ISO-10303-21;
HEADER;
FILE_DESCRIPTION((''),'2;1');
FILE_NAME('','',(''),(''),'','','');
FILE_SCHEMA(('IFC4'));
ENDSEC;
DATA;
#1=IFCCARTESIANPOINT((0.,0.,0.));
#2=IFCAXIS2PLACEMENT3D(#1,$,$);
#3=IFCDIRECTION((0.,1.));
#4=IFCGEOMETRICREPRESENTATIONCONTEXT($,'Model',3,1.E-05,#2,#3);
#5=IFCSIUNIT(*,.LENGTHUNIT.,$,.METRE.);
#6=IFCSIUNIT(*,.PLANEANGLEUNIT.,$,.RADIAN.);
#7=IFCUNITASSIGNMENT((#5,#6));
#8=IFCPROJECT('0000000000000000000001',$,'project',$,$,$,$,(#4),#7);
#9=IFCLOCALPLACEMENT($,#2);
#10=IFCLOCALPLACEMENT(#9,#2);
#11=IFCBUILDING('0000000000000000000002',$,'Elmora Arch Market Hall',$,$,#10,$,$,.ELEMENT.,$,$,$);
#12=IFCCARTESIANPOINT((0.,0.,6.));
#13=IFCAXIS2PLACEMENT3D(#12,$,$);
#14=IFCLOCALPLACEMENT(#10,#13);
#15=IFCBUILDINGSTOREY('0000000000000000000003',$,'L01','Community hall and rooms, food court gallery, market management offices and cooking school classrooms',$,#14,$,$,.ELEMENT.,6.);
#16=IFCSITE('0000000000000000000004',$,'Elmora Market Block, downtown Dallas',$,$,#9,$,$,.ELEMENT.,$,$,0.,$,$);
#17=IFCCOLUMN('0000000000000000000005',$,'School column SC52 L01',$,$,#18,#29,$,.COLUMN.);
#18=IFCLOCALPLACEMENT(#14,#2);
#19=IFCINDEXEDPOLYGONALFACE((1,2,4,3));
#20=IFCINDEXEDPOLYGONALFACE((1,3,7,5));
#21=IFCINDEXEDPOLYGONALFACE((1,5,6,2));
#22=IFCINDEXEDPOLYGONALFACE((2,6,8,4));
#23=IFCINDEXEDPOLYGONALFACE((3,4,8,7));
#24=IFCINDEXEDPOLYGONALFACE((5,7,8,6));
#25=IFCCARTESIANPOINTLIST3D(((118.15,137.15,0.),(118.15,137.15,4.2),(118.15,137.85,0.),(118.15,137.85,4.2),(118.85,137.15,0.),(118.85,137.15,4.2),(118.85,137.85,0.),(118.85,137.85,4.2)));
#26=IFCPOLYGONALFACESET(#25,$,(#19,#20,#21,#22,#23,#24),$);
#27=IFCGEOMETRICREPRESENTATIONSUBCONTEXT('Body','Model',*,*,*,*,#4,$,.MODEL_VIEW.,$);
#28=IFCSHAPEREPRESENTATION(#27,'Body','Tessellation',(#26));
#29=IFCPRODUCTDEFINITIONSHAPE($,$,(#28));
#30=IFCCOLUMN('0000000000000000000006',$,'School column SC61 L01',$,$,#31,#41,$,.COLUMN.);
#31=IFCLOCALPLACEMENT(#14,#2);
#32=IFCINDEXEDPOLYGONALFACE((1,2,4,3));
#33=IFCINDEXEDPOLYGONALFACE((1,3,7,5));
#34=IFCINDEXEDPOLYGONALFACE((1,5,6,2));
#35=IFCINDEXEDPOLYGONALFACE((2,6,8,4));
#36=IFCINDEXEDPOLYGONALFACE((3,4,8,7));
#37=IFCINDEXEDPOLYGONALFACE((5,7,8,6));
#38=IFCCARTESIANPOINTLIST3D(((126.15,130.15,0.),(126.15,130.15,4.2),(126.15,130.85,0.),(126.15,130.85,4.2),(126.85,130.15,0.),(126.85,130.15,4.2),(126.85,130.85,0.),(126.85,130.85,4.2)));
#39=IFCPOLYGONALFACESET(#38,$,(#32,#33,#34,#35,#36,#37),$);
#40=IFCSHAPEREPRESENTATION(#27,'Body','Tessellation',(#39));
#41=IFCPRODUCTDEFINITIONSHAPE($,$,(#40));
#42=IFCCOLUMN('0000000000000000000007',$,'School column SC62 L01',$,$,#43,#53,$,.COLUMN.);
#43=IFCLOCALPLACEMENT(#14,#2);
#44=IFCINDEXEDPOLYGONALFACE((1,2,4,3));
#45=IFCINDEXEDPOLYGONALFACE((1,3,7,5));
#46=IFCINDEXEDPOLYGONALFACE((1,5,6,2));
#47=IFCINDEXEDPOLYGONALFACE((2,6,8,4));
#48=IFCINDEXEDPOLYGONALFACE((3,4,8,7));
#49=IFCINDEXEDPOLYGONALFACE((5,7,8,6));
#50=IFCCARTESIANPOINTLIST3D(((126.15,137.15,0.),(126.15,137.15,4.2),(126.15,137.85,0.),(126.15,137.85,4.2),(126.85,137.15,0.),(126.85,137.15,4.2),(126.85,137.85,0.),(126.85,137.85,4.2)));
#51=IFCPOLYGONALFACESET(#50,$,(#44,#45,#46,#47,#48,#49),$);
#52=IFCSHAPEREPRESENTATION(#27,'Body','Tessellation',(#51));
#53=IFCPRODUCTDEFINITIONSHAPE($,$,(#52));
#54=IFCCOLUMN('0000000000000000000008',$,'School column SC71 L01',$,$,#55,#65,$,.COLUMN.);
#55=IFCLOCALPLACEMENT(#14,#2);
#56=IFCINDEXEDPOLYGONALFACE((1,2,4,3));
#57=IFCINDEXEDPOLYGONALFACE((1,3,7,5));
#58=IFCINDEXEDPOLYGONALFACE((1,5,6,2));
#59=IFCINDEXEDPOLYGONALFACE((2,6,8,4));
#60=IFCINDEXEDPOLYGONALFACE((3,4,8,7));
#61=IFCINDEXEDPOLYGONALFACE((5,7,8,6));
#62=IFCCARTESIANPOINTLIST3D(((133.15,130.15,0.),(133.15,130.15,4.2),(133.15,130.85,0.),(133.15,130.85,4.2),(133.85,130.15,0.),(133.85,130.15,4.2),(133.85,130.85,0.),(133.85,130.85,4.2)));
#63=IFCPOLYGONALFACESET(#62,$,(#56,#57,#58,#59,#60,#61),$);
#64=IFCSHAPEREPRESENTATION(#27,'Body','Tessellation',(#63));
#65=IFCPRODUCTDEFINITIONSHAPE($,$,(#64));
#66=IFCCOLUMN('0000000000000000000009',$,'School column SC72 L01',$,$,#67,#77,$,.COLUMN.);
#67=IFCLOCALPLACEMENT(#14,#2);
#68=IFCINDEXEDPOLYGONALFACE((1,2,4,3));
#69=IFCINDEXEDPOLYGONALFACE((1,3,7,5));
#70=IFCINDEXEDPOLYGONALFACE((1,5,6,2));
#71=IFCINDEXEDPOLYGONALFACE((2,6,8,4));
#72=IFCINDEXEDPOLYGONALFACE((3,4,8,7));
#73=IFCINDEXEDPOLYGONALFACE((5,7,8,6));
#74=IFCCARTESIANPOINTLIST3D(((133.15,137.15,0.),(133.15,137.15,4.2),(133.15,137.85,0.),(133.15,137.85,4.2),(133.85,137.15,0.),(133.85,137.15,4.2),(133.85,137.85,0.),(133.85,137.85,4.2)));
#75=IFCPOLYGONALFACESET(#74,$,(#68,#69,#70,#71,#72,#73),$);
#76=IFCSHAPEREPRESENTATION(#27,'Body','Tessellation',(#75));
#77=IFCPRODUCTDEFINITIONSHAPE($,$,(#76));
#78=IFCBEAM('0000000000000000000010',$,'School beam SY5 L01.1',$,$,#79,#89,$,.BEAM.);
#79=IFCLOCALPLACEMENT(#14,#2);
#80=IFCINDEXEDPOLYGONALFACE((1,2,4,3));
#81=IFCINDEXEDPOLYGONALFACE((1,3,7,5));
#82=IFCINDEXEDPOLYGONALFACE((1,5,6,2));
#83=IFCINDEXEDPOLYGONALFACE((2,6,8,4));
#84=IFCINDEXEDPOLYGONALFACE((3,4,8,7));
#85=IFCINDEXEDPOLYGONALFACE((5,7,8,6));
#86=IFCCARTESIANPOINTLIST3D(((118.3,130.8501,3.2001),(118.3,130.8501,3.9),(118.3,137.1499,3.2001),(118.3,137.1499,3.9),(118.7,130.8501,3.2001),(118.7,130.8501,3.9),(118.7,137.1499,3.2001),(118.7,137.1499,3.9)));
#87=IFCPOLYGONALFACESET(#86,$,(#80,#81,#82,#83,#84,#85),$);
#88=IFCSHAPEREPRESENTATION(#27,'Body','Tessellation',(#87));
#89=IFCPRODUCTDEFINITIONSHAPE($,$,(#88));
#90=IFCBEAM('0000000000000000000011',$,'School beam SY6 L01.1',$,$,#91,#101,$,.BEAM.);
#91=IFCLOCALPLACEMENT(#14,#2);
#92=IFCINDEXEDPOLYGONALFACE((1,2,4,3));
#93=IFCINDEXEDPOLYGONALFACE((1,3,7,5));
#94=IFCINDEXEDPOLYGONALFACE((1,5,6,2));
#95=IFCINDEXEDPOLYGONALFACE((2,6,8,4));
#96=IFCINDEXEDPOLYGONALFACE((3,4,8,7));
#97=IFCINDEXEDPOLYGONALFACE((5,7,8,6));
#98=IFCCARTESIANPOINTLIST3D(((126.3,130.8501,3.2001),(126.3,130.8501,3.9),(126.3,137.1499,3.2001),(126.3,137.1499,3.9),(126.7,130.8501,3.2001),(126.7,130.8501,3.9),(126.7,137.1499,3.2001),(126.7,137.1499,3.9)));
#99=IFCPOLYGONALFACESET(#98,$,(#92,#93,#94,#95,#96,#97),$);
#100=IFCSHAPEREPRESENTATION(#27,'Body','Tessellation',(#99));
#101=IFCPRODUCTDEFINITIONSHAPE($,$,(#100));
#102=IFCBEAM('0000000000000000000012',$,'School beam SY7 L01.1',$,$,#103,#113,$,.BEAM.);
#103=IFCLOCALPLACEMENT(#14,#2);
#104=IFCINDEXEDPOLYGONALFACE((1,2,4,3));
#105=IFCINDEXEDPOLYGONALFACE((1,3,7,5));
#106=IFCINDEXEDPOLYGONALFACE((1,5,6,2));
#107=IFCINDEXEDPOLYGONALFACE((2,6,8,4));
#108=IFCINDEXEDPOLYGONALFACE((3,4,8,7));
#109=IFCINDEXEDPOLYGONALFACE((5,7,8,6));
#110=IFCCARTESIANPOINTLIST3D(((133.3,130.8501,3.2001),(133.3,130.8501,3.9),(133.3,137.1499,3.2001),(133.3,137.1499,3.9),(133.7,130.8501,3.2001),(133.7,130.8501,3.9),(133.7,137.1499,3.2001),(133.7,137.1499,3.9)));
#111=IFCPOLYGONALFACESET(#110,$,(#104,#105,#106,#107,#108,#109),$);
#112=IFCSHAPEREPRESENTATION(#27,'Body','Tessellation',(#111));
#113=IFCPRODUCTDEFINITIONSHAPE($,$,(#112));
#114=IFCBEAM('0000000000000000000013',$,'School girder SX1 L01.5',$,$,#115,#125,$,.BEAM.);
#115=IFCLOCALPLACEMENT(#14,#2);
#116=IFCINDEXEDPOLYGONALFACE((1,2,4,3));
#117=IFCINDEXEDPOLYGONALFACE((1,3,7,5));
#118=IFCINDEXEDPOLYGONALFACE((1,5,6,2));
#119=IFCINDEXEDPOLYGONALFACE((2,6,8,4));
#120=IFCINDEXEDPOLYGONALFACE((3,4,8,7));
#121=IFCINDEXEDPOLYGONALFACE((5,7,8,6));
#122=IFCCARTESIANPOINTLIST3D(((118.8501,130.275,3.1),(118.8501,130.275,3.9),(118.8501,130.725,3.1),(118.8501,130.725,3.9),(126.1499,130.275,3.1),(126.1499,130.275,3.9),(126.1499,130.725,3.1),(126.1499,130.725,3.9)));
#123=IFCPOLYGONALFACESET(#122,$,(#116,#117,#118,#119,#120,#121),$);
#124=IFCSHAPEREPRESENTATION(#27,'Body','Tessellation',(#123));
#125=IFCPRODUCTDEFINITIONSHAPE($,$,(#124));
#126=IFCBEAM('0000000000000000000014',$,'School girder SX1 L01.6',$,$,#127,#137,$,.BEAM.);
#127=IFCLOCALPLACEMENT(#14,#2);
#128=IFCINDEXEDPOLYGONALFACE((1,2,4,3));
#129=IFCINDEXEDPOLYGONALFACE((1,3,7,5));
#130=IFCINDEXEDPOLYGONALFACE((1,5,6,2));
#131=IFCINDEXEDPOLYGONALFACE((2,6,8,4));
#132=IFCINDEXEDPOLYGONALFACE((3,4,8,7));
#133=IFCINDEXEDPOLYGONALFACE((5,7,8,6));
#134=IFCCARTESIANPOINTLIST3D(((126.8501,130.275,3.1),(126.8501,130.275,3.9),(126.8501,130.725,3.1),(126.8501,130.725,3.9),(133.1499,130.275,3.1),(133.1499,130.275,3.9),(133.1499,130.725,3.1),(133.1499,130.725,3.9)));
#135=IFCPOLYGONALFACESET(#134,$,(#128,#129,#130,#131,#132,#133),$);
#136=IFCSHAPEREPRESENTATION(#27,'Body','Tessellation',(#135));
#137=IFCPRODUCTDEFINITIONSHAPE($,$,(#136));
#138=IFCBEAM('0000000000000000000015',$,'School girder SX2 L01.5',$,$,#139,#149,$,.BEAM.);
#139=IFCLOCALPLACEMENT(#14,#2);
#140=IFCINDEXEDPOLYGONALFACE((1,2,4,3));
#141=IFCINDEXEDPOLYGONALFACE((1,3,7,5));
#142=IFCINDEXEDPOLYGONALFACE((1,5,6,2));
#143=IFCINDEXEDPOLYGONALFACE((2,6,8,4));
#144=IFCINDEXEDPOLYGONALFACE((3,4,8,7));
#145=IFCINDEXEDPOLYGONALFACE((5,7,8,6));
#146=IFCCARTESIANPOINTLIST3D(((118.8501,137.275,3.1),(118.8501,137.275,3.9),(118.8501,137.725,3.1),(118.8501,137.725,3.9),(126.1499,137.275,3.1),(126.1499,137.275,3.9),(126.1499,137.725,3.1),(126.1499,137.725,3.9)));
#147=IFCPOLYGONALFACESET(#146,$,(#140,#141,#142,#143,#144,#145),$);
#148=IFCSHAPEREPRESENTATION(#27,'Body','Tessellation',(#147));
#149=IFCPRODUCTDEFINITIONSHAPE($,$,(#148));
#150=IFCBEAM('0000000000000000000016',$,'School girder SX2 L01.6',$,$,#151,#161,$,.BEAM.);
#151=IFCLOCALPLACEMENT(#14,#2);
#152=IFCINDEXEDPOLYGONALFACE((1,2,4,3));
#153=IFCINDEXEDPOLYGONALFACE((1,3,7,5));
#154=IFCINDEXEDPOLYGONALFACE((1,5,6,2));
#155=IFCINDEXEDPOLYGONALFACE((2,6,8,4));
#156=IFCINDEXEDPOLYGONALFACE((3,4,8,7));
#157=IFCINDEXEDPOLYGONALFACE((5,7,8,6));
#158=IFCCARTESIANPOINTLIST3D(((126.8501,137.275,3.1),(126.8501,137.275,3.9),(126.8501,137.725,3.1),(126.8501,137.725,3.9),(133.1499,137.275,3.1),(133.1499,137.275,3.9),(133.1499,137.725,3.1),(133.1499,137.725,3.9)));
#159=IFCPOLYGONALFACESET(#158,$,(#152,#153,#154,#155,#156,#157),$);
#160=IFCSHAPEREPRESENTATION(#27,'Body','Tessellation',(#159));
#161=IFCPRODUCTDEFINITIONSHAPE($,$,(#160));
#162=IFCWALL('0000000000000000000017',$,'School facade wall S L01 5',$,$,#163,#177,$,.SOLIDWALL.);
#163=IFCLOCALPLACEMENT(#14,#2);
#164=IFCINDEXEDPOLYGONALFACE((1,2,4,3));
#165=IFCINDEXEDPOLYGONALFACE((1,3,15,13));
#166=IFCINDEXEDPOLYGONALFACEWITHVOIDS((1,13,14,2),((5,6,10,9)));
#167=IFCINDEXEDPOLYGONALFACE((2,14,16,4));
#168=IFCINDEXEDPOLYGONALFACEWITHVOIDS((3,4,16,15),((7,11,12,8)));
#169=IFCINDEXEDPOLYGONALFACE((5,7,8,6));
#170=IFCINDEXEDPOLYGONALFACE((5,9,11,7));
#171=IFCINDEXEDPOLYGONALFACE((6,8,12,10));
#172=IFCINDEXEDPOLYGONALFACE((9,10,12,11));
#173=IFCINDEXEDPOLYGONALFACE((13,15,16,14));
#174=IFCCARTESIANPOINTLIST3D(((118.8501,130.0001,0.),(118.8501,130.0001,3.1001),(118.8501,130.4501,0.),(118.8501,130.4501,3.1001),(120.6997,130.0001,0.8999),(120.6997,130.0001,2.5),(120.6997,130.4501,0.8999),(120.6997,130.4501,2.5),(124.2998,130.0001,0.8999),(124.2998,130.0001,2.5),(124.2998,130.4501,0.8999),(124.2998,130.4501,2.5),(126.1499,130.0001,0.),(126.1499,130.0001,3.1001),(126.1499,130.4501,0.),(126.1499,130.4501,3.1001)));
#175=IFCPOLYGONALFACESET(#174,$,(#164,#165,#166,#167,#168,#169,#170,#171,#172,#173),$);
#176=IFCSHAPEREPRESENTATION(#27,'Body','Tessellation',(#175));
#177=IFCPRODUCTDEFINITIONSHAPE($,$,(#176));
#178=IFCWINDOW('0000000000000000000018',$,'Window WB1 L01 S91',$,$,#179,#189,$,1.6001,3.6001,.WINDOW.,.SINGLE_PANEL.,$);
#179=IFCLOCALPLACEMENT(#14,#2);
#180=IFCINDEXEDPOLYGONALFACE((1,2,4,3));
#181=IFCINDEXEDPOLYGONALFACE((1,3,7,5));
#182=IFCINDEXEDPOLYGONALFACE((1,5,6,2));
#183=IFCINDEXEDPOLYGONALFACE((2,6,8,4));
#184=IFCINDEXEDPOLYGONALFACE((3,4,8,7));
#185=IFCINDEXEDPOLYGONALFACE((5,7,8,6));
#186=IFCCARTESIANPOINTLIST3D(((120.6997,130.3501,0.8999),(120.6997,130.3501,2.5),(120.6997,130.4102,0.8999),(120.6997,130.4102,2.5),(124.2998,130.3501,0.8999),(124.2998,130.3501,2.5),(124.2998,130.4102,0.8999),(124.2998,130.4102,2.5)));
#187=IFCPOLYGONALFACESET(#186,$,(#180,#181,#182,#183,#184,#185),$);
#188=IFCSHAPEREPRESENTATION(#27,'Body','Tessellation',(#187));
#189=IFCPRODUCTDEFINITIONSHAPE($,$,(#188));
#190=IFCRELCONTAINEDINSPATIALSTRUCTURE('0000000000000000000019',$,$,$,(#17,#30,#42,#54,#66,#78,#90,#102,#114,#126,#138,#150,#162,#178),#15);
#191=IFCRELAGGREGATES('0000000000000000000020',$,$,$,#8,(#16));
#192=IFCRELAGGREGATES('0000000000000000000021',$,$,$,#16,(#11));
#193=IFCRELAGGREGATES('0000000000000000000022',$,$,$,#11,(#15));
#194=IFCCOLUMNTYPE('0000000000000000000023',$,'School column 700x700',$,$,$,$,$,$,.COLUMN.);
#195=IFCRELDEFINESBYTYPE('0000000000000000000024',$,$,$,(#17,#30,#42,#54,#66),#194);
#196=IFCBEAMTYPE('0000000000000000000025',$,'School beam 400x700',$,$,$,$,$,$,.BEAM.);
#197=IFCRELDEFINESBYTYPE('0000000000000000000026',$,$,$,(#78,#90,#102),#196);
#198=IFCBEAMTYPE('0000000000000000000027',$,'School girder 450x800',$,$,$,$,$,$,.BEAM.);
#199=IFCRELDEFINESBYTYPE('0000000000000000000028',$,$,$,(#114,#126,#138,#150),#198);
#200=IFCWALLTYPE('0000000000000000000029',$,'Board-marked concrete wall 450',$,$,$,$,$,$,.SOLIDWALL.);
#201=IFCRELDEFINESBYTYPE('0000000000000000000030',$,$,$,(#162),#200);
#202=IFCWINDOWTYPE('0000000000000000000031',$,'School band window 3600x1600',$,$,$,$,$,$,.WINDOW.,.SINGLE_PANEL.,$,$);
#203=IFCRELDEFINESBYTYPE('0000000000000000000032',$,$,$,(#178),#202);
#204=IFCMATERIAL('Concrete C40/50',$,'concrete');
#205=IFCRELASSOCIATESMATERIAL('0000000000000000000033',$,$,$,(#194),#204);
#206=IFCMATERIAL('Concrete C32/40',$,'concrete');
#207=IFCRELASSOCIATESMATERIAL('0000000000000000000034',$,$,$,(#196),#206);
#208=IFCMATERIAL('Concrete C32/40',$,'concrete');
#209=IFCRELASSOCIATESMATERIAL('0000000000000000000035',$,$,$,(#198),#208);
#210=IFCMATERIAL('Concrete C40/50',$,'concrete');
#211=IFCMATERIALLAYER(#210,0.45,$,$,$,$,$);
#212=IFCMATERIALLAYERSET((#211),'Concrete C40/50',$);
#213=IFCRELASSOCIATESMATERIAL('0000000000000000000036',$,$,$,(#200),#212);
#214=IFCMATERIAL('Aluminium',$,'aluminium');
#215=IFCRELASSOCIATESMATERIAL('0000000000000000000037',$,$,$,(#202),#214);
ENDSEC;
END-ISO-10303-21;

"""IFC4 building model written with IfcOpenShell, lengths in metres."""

from ifc_helpers import new_model, si_unit, direction, frame, frame_2d, origin, origin_2d, place, context, subcontext, project, spatial, rectangle, extrude, material, layer, layer_set, material_profile, profile_set, type_object, element, fill, save


model = new_model("IFC4")

# Units and contexts
model_context = context("Model", 3, precision=1e-05, world=origin(), true_north=direction((0.0, 1.0)))
body_context = subcontext(model_context, "Body", "Model", "MODEL_VIEW")
ifc_project = project(units=[si_unit("LENGTHUNIT", "METRE"), si_unit("PLANEANGLEUNIT", "RADIAN")], contexts=[model_context])

# Site, building, storey
site_placement = place(None, origin())
site = spatial("IfcSite", under=ifc_project, at=site_placement, Name="Elmora Market Block, downtown Dallas", CompositionType="ELEMENT", RefElevation=0.0)
building_placement = place(site_placement, origin())
building = spatial("IfcBuilding", under=site, at=building_placement, Name="Elmora Arch Market Hall", CompositionType="ELEMENT")
storey_placement = place(building_placement, frame((0.0, 0.0, 6.0)))
storey = spatial("IfcBuildingStorey", under=building, at=storey_placement, Name="L01", Description="Community hall and rooms, food court gallery, market management offices and cooking school classrooms", CompositionType="ELEMENT", Elevation=6.0)

# Columns
ifc_material_1 = material(Name="Concrete C40/50", Category="concrete")
ifc_material_profile_1 = material_profile(ifc_material_1, rectangle(XDim=0.7, YDim=0.7, at=origin_2d()), Name="School column 700x700")
ifc_profile_set_1 = profile_set([ifc_material_profile_1], Name="Concrete C40/50")
column_type = type_object("IfcColumnType", Name="School column 700x700", PredefinedType="COLUMN", material=ifc_profile_set_1)
for number, where, z_axis, x_axis, name in (
    (1, (118.5, 137.5, 0.0), (0.0, 0.0, 1.0), (1.0, 0.0, 0.0), "School column SC52 L01"),
    (2, (126.5, 130.5, 0.0), (0.0, 0.0, 1.0), (1.0, 0.0, 0.0), "School column SC61 L01"),
    (3, (126.5, 137.5, 0.0), (0.0, 0.0, 1.0), (1.0, 0.0, 0.0), "School column SC62 L01"),
    (4, (133.5, 130.5, 0.0), (0.0, 0.0, 1.0), (1.0, 0.0, 0.0), "School column SC71 L01"),
    (5, (133.5, 137.5, 0.0), (0.0, 0.0, 1.0), (1.0, 0.0, 0.0), "School column SC72 L01"),
):
    element("IfcColumn", number, at=place(storey_placement, frame(where, z_axis=z_axis, x_axis=x_axis)), inside=storey, type_object=column_type, Name=name, PredefinedType="COLUMN", context=body_context, shape_type="SweptSolid", body=[
        extrude(rectangle(XDim=0.7, YDim=0.7, at=origin_2d()), origin(), (0.0, 0.0, 1.0), 4.2),
    ])

# Beams
ifc_material_2 = material(Name="Concrete C32/40", Category="concrete")
ifc_material_profile_2 = material_profile(ifc_material_2, rectangle(XDim=0.3999, YDim=0.7, at=origin_2d()), Name="School beam 400x700")
ifc_profile_set_2 = profile_set([ifc_material_profile_2], Name="Concrete C32/40")
beam_type_1 = type_object("IfcBeamType", Name="School beam 400x700", PredefinedType="BEAM", material=ifc_profile_set_2)
for number, where, z_axis, x_axis, name in (
    (6, (118.5, 130.8501, 3.55), (0.0, 1.0, 0.0), (-1.0, 0.0, 0.0), "School beam SY5 L01.1"),
    (7, (126.5, 130.8501, 3.55), (0.0, 1.0, 0.0), (-1.0, 0.0, 0.0), "School beam SY6 L01.1"),
    (8, (133.5, 130.8501, 3.55), (0.0, 1.0, 0.0), (-1.0, 0.0, 0.0), "School beam SY7 L01.1"),
):
    element("IfcBeam", number, at=place(storey_placement, frame(where, z_axis=z_axis, x_axis=x_axis)), inside=storey, type_object=beam_type_1, Name=name, PredefinedType="BEAM", context=body_context, shape_type="SweptSolid", body=[
        extrude(rectangle(XDim=0.3999, YDim=0.7, at=origin_2d()), origin(), (0.0, 0.0, 1.0), 6.2998),
    ])
ifc_material_3 = material(Name="Concrete C32/40", Category="concrete")
ifc_material_profile_3 = material_profile(ifc_material_3, rectangle(XDim=0.45, YDim=0.8, at=origin_2d()), Name="School girder 450x800")
ifc_profile_set_3 = profile_set([ifc_material_profile_3], Name="Concrete C32/40")
beam_type_2 = type_object("IfcBeamType", Name="School girder 450x800", PredefinedType="BEAM", material=ifc_profile_set_3)
beam_1_placement = place(storey_placement, frame((118.8501, 130.5, 3.5), z_axis=(1.0, 0.0, 0.0), x_axis=(0.0, 1.0, 0.0)))
element("IfcBeam", 9, at=beam_1_placement, inside=storey, type_object=beam_type_2, Name="School girder SX1 L01.5", PredefinedType="BEAM", context=body_context, shape_type="SweptSolid", body=[
    extrude(rectangle(XDim=0.45, YDim=0.8, at=origin_2d()), origin(), (0.0, 0.0, 1.0), 7.2998),
])
beam_2_placement = place(storey_placement, frame((126.8501, 130.5, 3.5), z_axis=(1.0, 0.0, 0.0), x_axis=(0.0, 1.0, 0.0)))
element("IfcBeam", 10, at=beam_2_placement, inside=storey, type_object=beam_type_2, Name="School girder SX1 L01.6", PredefinedType="BEAM", context=body_context, shape_type="SweptSolid", body=[
    extrude(rectangle(XDim=0.45, YDim=0.8, at=origin_2d()), origin(), (0.0, 0.0, 1.0), 6.2998),
])
beam_3_placement = place(storey_placement, frame((118.8501, 137.5, 3.5), z_axis=(1.0, 0.0, 0.0), x_axis=(0.0, 1.0, 0.0)))
element("IfcBeam", 11, at=beam_3_placement, inside=storey, type_object=beam_type_2, Name="School girder SX2 L01.5", PredefinedType="BEAM", context=body_context, shape_type="SweptSolid", body=[
    extrude(rectangle(XDim=0.45, YDim=0.8, at=origin_2d()), origin(), (0.0, 0.0, 1.0), 7.2998),
])
beam_4_placement = place(storey_placement, frame((126.8501, 137.5, 3.5), z_axis=(1.0, 0.0, 0.0), x_axis=(0.0, 1.0, 0.0)))
element("IfcBeam", 12, at=beam_4_placement, inside=storey, type_object=beam_type_2, Name="School girder SX2 L01.6", PredefinedType="BEAM", context=body_context, shape_type="SweptSolid", body=[
    extrude(rectangle(XDim=0.45, YDim=0.8, at=origin_2d()), origin(), (0.0, 0.0, 1.0), 6.2998),
])

# Wall, opening, window
ifc_material_4 = material(Name="Concrete C40/50", Category="concrete")
ifc_layer_1 = layer(ifc_material_4, 0.45)
ifc_layer_set_1 = layer_set([ifc_layer_1], Name="Concrete C40/50")
wall_type_1 = type_object("IfcWallType", Name="Board-marked concrete wall 450", PredefinedType="SOLIDWALL", material=ifc_layer_set_1)
wall_1_placement = place(storey_placement, frame((126.1499, 130.2251, 0.0), z_axis=(0.0, 0.0, 1.0), x_axis=(-1.0, 0.0, 0.0)))
wall_1 = element("IfcWall", 13, at=wall_1_placement, inside=storey, type_object=wall_type_1, Name="School facade wall S L01 5", PredefinedType="SOLIDWALL", context=body_context, shape_type="SweptSolid", body=[
    extrude(rectangle(XDim=7.2998, YDim=0.45, at=frame_2d((3.6499, 0.0))), origin(), (0.0, 0.0, 1.0), 3.1001),
])
opening_1_placement = place(wall_1_placement, frame((1.8501, 0.0, 0.8999)))
opening_1 = element("IfcOpeningElement", 14, at=opening_1_placement, cuts=wall_1, PredefinedType="OPENING", context=body_context, shape_type="SweptSolid", body=[
    extrude(rectangle(XDim=3.6001, YDim=1.6001, at=frame_2d((1.8, 0.8))), frame((0.0, 0.2349, 0.0), z_axis=(0.0, -1.0, 0.0), x_axis=(1.0, 0.0, 0.0)), (0.0, 0.0, 1.0), 0.47),
])
ifc_material_5 = material(Name="Aluminium", Category="aluminium")
window_type_1 = type_object("IfcWindowType", Name="School band window 3600x1600", PartitioningType="SINGLE_PANEL", PredefinedType="WINDOW", material=ifc_material_5)
window_1_placement = place(opening_1_placement, origin())
window_1 = element("IfcWindow", 15, at=window_1_placement, inside=storey, type_object=window_type_1, Name="Window WB1 L01 S91", OverallHeight=1.6001, OverallWidth=3.6001, PartitioningType="SINGLE_PANEL", PredefinedType="WINDOW", context=body_context, shape_type="SweptSolid", body=[
    extrude(rectangle(XDim=3.6001, YDim=1.6001, at=frame_2d((1.8, 0.8))), frame((0.0, -0.125, 0.0), z_axis=(0.0, -1.0, 0.0), x_axis=(1.0, 0.0, 0.0)), (0.0, 0.0, 1.0), 0.0601),
])
fill(opening_1, window_1)

save(model, "model.ifc")
